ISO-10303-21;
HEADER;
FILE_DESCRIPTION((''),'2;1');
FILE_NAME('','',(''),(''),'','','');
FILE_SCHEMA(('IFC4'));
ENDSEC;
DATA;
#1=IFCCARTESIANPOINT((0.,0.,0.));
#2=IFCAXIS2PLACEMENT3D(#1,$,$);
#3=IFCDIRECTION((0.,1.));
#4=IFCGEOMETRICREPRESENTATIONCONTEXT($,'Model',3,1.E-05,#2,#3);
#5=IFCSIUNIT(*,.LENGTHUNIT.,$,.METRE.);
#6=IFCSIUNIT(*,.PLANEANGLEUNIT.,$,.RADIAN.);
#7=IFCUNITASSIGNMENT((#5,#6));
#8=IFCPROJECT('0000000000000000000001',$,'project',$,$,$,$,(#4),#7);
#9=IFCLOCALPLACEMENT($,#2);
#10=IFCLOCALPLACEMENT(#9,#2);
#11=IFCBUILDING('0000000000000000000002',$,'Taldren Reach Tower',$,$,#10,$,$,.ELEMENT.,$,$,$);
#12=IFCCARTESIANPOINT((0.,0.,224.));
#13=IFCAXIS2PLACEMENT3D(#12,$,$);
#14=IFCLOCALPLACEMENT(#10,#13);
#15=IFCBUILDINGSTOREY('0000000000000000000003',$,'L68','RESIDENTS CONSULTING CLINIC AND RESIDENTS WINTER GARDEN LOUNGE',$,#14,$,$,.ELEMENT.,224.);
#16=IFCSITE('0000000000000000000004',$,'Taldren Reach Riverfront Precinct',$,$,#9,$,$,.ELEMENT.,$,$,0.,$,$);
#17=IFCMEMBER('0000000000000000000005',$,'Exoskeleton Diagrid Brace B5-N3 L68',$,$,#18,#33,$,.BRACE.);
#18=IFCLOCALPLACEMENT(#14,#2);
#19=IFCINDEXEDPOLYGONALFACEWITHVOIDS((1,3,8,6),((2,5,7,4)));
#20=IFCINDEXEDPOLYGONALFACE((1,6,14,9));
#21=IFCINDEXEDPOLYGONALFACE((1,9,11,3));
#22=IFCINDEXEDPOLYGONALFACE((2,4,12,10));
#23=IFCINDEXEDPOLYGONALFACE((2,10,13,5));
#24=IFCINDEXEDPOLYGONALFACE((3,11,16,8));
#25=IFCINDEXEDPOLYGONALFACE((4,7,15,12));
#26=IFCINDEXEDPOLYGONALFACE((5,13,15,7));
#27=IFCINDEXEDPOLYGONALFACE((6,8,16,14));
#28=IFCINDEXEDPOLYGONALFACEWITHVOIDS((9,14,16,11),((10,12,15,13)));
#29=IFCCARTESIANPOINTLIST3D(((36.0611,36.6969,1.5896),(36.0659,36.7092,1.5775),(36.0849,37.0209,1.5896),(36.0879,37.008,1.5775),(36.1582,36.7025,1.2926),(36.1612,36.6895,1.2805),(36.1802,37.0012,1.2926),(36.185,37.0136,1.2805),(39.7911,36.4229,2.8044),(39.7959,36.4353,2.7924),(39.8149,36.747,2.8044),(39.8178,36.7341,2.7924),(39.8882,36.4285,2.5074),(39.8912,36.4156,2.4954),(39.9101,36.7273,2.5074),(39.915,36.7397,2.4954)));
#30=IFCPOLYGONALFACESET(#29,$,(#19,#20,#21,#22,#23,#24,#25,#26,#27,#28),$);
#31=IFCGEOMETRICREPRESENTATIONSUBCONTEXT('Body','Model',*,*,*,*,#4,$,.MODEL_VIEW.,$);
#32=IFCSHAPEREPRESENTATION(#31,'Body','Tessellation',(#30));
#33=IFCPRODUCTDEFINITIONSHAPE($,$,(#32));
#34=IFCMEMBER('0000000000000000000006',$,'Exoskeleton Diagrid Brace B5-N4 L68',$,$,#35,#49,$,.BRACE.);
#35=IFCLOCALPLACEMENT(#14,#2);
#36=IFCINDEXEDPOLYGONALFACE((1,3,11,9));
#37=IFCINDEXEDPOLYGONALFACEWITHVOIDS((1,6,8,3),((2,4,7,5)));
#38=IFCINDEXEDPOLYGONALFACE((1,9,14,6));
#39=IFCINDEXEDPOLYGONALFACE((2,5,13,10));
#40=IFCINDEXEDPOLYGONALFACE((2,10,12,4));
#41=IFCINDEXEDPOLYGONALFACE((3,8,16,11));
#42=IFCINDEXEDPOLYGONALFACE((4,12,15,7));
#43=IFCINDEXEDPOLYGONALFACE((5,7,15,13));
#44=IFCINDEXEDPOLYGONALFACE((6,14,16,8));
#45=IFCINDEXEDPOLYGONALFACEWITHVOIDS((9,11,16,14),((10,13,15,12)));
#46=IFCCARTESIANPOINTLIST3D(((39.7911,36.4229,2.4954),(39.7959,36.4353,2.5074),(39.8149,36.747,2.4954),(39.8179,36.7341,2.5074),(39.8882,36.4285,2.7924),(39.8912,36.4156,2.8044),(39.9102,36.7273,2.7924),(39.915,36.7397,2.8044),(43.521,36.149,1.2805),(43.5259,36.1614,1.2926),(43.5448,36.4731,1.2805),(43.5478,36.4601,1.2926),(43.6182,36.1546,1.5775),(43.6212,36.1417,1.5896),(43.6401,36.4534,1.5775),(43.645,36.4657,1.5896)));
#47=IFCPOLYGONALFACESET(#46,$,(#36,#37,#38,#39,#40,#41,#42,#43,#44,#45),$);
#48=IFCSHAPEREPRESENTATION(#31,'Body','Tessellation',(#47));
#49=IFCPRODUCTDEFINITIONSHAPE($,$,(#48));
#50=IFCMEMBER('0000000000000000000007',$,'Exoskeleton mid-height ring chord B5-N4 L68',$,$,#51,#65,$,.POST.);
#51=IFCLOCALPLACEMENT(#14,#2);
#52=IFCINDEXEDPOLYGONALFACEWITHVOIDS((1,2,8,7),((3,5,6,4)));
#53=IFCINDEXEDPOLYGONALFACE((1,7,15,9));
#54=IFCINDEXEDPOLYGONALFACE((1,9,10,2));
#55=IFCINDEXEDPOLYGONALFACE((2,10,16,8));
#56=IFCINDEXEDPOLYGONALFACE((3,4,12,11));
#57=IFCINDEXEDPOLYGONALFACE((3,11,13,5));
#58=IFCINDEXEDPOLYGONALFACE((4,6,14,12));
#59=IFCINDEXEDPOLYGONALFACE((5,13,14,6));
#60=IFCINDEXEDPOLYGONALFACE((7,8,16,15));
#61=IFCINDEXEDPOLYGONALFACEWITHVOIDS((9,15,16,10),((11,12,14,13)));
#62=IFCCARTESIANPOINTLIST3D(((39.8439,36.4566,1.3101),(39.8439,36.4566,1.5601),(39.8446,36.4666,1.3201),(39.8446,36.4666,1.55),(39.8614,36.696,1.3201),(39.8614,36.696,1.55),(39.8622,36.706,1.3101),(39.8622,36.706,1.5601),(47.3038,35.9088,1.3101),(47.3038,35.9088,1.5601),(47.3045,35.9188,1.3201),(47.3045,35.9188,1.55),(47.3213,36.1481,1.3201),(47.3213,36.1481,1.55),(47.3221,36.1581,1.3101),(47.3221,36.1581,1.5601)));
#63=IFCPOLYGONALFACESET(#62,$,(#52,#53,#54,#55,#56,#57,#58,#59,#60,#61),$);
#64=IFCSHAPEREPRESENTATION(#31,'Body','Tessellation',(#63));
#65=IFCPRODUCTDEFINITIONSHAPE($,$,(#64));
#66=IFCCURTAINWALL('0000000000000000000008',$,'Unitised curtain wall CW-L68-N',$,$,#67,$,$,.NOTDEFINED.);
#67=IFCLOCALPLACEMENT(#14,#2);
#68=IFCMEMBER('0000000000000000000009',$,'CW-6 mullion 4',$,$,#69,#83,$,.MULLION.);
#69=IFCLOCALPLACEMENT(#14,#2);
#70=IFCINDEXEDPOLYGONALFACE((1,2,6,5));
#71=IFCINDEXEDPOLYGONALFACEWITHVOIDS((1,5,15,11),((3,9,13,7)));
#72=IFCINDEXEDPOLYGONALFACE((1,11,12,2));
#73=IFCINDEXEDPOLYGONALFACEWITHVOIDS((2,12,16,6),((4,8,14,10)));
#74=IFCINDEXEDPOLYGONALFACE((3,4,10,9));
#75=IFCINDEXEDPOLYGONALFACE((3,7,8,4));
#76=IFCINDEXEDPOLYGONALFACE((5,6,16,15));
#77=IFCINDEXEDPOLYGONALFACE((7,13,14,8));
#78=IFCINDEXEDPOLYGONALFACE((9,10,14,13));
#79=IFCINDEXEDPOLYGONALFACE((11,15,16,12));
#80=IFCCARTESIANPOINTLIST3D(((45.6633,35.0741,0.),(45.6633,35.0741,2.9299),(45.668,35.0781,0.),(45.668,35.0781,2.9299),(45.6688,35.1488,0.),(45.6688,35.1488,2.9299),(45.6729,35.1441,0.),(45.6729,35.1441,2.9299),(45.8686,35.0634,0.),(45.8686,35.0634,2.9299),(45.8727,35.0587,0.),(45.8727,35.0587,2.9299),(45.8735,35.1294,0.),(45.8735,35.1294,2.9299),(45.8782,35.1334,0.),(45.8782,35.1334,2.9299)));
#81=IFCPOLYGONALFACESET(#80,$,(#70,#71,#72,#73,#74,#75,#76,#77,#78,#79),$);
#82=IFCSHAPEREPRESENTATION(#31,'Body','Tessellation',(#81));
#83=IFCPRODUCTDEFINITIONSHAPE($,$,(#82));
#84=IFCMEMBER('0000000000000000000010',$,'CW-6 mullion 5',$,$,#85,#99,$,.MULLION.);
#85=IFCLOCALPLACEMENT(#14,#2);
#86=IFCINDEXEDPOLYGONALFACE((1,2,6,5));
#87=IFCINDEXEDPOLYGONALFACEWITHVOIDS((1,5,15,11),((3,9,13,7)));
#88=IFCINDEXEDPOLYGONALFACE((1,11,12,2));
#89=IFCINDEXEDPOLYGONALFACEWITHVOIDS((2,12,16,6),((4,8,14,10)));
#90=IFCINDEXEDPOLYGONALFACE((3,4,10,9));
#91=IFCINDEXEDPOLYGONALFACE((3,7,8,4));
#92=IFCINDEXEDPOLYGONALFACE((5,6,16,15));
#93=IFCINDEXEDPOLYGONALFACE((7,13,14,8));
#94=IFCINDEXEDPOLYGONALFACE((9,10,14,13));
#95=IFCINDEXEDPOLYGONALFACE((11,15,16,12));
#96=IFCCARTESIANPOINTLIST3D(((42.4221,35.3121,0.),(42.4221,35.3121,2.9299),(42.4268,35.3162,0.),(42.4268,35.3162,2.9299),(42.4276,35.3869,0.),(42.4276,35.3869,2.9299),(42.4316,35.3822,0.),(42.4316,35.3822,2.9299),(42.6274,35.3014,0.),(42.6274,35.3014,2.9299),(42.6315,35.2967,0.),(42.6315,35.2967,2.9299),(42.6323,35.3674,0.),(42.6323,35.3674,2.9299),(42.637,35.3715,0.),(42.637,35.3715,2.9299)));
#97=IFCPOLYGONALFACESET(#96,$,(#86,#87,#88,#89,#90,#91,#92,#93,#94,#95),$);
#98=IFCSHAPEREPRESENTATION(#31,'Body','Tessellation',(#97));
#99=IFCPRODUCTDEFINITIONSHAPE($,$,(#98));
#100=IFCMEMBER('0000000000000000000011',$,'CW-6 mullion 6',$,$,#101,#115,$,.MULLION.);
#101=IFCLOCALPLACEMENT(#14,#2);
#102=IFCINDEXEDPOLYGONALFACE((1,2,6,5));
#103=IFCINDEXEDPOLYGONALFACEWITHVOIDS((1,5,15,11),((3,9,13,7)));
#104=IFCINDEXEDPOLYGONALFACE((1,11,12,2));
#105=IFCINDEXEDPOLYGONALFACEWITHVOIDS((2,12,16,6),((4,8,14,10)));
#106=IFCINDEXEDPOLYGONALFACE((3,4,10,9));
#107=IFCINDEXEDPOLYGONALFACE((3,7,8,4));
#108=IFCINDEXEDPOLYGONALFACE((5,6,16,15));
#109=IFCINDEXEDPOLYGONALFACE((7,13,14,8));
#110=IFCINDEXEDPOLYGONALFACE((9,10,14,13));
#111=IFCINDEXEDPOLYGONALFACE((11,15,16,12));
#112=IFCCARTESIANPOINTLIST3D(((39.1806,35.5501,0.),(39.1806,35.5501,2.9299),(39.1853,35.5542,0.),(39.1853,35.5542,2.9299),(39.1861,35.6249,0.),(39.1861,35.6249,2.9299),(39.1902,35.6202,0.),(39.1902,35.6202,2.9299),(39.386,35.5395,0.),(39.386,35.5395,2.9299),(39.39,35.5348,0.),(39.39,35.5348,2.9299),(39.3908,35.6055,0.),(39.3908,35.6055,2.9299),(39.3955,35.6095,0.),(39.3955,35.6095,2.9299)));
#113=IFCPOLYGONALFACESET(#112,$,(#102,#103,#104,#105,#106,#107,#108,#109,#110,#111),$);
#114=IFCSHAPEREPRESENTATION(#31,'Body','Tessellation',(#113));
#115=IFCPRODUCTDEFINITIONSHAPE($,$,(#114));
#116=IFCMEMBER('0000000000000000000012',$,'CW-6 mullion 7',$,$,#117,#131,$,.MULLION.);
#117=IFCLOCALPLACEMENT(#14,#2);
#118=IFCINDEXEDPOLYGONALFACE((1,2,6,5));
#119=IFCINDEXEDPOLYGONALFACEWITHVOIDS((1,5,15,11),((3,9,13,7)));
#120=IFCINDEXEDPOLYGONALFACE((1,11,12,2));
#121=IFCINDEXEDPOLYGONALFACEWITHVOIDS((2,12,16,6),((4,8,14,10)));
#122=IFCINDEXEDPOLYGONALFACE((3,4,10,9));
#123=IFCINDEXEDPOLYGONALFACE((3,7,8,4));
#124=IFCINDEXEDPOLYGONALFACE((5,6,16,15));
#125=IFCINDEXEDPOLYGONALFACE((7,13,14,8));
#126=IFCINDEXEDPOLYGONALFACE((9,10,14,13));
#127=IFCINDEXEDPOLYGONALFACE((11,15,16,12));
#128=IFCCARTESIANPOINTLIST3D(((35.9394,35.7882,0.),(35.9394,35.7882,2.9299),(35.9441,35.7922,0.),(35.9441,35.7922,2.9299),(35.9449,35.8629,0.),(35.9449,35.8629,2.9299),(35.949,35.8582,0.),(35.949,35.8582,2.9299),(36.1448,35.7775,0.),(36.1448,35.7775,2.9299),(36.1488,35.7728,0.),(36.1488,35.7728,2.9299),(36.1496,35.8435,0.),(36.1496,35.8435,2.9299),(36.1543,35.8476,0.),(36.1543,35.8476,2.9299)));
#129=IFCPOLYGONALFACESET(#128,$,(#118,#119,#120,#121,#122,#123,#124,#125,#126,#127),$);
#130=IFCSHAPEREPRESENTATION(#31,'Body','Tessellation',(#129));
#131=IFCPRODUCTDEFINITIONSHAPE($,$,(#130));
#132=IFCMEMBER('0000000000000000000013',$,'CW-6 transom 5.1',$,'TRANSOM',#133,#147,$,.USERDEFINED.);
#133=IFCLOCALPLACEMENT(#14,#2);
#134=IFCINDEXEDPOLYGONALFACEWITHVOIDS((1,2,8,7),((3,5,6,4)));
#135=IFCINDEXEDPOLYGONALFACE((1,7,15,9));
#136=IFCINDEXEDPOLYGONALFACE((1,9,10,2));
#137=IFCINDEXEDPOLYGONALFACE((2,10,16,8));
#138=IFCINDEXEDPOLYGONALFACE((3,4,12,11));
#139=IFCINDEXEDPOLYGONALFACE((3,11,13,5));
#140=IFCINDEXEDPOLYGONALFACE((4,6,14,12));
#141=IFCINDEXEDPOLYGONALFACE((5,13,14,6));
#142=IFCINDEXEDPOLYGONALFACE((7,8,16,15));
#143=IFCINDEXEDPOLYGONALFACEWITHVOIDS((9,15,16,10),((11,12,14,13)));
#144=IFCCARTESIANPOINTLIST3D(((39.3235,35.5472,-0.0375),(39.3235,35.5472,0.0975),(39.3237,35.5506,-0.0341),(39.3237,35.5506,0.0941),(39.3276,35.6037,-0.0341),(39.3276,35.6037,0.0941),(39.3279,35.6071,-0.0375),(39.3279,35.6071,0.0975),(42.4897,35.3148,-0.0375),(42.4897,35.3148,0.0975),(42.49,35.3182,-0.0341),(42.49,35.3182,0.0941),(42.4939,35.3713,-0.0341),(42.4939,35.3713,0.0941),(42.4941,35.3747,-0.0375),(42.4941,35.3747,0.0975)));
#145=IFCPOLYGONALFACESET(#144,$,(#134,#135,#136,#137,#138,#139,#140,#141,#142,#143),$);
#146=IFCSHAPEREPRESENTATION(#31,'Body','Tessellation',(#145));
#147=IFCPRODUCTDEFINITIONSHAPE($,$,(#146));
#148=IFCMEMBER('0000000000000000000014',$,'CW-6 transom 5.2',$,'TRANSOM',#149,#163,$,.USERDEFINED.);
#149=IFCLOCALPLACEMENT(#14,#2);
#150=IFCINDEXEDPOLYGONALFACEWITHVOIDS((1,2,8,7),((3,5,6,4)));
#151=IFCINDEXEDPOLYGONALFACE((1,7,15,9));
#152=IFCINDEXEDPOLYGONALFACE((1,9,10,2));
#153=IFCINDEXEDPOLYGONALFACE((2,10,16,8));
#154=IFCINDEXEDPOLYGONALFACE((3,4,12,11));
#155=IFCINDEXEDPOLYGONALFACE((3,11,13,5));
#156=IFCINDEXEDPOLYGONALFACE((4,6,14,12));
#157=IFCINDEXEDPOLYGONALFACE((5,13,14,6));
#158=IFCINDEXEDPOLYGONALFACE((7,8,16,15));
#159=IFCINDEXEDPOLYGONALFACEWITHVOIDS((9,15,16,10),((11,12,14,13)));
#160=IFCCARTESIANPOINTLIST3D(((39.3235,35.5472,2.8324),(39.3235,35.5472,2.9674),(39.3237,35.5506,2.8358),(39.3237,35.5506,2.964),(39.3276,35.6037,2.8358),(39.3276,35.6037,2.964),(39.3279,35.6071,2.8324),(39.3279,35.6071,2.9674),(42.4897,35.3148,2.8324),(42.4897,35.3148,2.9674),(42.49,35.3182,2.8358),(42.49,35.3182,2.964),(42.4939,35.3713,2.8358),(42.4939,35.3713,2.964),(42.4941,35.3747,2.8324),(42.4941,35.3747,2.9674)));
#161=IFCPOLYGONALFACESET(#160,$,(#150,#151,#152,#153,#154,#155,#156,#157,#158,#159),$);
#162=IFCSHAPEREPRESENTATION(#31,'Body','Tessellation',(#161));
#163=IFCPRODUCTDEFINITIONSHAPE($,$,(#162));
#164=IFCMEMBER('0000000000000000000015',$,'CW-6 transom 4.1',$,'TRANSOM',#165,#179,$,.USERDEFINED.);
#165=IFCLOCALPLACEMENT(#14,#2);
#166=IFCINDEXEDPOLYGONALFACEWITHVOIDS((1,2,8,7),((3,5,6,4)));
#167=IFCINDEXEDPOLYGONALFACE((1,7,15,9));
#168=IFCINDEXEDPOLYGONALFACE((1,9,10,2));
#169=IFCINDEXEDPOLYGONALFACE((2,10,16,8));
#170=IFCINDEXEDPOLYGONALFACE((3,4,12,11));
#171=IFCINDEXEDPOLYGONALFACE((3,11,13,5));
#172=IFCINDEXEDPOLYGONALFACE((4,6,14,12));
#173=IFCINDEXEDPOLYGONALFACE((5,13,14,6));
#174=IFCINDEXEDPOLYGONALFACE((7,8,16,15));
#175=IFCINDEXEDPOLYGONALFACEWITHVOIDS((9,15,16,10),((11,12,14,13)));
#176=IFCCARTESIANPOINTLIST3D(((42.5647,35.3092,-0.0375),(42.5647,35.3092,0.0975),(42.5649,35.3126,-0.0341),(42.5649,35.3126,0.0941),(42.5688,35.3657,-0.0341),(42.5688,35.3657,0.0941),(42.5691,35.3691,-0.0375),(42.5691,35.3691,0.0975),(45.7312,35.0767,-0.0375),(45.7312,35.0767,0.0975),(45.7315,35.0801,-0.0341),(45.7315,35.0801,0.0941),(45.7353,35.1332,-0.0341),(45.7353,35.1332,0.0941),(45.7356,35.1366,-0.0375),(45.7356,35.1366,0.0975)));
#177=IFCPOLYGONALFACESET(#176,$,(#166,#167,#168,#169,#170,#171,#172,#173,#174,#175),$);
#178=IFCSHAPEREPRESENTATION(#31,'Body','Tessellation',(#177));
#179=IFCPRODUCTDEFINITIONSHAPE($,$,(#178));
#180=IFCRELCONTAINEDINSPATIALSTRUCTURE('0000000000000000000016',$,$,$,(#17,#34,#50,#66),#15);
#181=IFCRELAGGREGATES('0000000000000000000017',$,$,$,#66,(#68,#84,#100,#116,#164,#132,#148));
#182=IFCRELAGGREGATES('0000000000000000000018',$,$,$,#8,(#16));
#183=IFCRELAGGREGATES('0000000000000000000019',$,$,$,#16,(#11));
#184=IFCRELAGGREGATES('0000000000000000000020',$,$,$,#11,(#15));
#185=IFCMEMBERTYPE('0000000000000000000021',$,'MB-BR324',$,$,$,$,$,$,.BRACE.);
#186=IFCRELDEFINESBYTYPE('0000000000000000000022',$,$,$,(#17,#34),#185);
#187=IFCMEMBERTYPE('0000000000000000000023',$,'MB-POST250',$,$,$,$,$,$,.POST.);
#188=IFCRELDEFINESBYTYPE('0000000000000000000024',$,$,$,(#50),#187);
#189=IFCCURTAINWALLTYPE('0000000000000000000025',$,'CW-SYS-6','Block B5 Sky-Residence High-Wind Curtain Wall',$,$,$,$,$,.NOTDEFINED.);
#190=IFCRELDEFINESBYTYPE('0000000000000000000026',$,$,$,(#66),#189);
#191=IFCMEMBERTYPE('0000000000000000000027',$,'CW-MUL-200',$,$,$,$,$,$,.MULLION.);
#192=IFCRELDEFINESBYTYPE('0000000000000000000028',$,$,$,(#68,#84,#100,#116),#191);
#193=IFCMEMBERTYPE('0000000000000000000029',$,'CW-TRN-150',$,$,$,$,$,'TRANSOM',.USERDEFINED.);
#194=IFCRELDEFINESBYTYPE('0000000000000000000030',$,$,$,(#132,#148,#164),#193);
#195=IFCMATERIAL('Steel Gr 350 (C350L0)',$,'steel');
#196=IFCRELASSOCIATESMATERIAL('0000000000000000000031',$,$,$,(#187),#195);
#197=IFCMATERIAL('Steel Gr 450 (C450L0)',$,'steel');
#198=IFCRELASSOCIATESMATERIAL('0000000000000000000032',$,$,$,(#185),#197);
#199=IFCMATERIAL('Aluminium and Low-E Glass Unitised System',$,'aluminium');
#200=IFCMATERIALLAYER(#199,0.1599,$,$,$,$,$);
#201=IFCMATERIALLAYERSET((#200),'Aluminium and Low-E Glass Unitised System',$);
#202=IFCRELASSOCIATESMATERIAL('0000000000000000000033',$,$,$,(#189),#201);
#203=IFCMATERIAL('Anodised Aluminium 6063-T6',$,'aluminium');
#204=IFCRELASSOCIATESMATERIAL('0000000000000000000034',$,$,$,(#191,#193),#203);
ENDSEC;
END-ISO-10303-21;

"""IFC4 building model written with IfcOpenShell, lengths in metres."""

from ifc_helpers import new_model, si_unit, direction, frame, origin, origin_2d, place, context, subcontext, project, spatial, hollow_rectangle, extrude, source, transform, mapped, material, layer, layer_set, material_profile, profile_set, type_object, element, aggregate, save


model = new_model("IFC4")

# Units and contexts
model_context = context("Model", 3, precision=1e-05, world=origin(), true_north=direction((0.0, 1.0)))
body_context = subcontext(model_context, "Body", "Model", "MODEL_VIEW")
ifc_project = project(units=[si_unit("LENGTHUNIT", "METRE"), si_unit("PLANEANGLEUNIT", "RADIAN")], contexts=[model_context])

# Site, building, storey
site_placement = place(None, origin())
site = spatial("IfcSite", under=ifc_project, at=site_placement, Name="Taldren Reach Riverfront Precinct", CompositionType="ELEMENT", RefElevation=0.0)
building_placement = place(site_placement, origin())
building = spatial("IfcBuilding", under=site, at=building_placement, Name="Taldren Reach Tower", CompositionType="ELEMENT")
storey_placement = place(building_placement, frame((0.0, 0.0, 224.0)))
storey = spatial("IfcBuildingStorey", under=building, at=storey_placement, Name="L68", Description="RESIDENTS CONSULTING CLINIC AND RESIDENTS WINTER GARDEN LOUNGE", CompositionType="ELEMENT", Elevation=224.0)

# Shared definitions
ifc_material_1 = material(Name="Steel Gr 350 (C350L0)", Category="steel")

# Shared definitions
ifc_material_profile_1 = material_profile(ifc_material_1, hollow_rectangle(XDim=0.25, YDim=0.25, WallThickness=0.01, at=origin_2d()), Name="250x250x10.0SHS")
ifc_profile_set_1 = profile_set([ifc_material_profile_1], Name="Steel Gr 350 (C350L0)")
member_type_1 = type_object("IfcMemberType", Name="MB-POST250", PredefinedType="POST", material=ifc_profile_set_1)
ifc_material_2 = material(Name="Steel Gr 450 (C450L0)", Category="steel")

# Members
ifc_material_profile_2 = material_profile(ifc_material_2, hollow_rectangle(XDim=0.325, YDim=0.325, WallThickness=0.0127, at=origin_2d()), Name="325x325x12.7SHS")
ifc_profile_set_2 = profile_set([ifc_material_profile_2], Name="Steel Gr 450 (C450L0)")
member_type_2 = type_object("IfcMemberType", Name="MB-BR324", PredefinedType="BRACE", material=ifc_profile_set_2)
shared_shape_1 = source(origin(), body_context, "Body", "SweptSolid", [
    extrude(hollow_rectangle(XDim=0.325, YDim=0.325, WallThickness=0.0127, at=origin_2d()), origin(), (0.0, 0.0, 1.0), 3.9324),
])
for number, where, z_axis, x_axis, name in (
    (1, (36.123, 36.8552, 1.4351), (0.948529, -0.069659, 0.308933), (0.073242, 0.997314, 0.0), "Exoskeleton Diagrid Brace B5-N3 L68"),
    (2, (43.583, 36.3074, 1.4351), (-0.948529, 0.069659, 0.308933), (-0.073242, -0.997314, 0.0), "Exoskeleton Diagrid Brace B5-N4 L68"),
):
    element("IfcMember", number, at=place(storey_placement, frame(where, z_axis=z_axis, x_axis=x_axis)), inside=storey, type_object=member_type_2, Name=name, PredefinedType="BRACE", context=body_context, shape_type="MappedRepresentation", body=[
        mapped(shared_shape_1, transform((0.0, 0.0, 0.0), scale=1.0)),
    ])
shared_shape_2 = source(origin(), body_context, "Body", "SweptSolid", [
    extrude(hollow_rectangle(XDim=0.25, YDim=0.25, WallThickness=0.01, at=origin_2d()), origin(), (0.0, 0.0, 1.0), 7.48),
])
member_1_placement = place(storey_placement, frame((39.853, 36.5813, 1.4351), z_axis=(0.997314, -0.073242, 0.0), x_axis=(0.073242, 0.997314, 0.0)))
element("IfcMember", 3, at=member_1_placement, inside=storey, type_object=member_type_1, Name="Exoskeleton mid-height ring chord B5-N4 L68", PredefinedType="POST", context=body_context, shape_type="MappedRepresentation", body=[
    mapped(shared_shape_2, transform((0.0, 0.0, 0.0), scale=1.0)),
])

# Curtain wall, members
ifc_material_3 = material(Name="Aluminium and Low-E Glass Unitised System", Category="aluminium")
ifc_layer_1 = layer(ifc_material_3, 0.1599)
ifc_layer_set_1 = layer_set([ifc_layer_1], Name="Aluminium and Low-E Glass Unitised System")
curtain_wall_type = type_object("IfcCurtainWallType", Name="CW-SYS-6", Description="Block B5 Sky-Residence High-Wind Curtain Wall", PredefinedType="NOTDEFINED", material=ifc_layer_set_1)
curtain_wall_placement = place(storey_placement, origin())
curtain_wall = element("IfcCurtainWall", 4, at=curtain_wall_placement, inside=storey, type_object=curtain_wall_type, Name="Unitised curtain wall CW-L68-N", PredefinedType="NOTDEFINED")
ifc_material_4 = material(Name="Anodised Aluminium 6063-T6", Category="aluminium")
ifc_material_profile_3 = material_profile(ifc_material_4, hollow_rectangle(XDim=0.075, YDim=0.21, WallThickness=0.0044, at=origin_2d()), Name="ALU-210x75x4.5RHS")
ifc_profile_set_3 = profile_set([ifc_material_profile_3], Name="Anodised Aluminium 6063-T6")
member_type_3 = type_object("IfcMemberType", Name="CW-MUL-200", PredefinedType="MULLION", material=ifc_profile_set_3)
shared_shape_3 = source(origin(), body_context, "Body", "SweptSolid", [
    extrude(hollow_rectangle(XDim=0.075, YDim=0.21, WallThickness=0.0044, at=origin_2d()), origin(), (0.0, 0.0, 1.0), 2.9299),
])
member_2_placement = place(storey_placement, frame((45.7708, 35.1038, 0.0), z_axis=(0.0, 0.0, 1.0), x_axis=(-0.073238, -0.997314, 0.0)))
member_2 = element("IfcMember", 5, at=member_2_placement, type_object=member_type_3, Name="CW-6 mullion 4", PredefinedType="MULLION", context=body_context, shape_type="MappedRepresentation", body=[
    mapped(shared_shape_3, transform((0.0, 0.0, 0.0), scale=1.0)),
])
member_3_placement = place(storey_placement, frame((42.5295, 35.3418, 0.0), z_axis=(0.0, 0.0, 1.0), x_axis=(-0.073238, -0.997314, 0.0)))
member_3 = element("IfcMember", 6, at=member_3_placement, type_object=member_type_3, Name="CW-6 mullion 5", PredefinedType="MULLION", context=body_context, shape_type="MappedRepresentation", body=[
    mapped(shared_shape_3, transform((0.0, 0.0, 0.0), scale=1.0)),
])
member_4_placement = place(storey_placement, frame((39.2881, 35.5798, 0.0), z_axis=(0.0, 0.0, 1.0), x_axis=(-0.073238, -0.997314, 0.0)))
member_4 = element("IfcMember", 7, at=member_4_placement, type_object=member_type_3, Name="CW-6 mullion 6", PredefinedType="MULLION", context=body_context, shape_type="MappedRepresentation", body=[
    mapped(shared_shape_3, transform((0.0, 0.0, 0.0), scale=1.0)),
])
member_5_placement = place(storey_placement, frame((36.0469, 35.8179, 0.0), z_axis=(0.0, 0.0, 1.0), x_axis=(-0.073238, -0.997314, 0.0)))
member_5 = element("IfcMember", 8, at=member_5_placement, type_object=member_type_3, Name="CW-6 mullion 7", PredefinedType="MULLION", context=body_context, shape_type="MappedRepresentation", body=[
    mapped(shared_shape_3, transform((0.0, 0.0, 0.0), scale=1.0)),
])
ifc_material_profile_4 = material_profile(ifc_material_4, hollow_rectangle(XDim=0.0601, YDim=0.135, WallThickness=0.0034, at=origin_2d()), Name="ALU-135x60x3.5RHS")
ifc_profile_set_4 = profile_set([ifc_material_profile_4], Name="Anodised Aluminium 6063-T6")
member_type_4 = type_object("IfcMemberType", Name="CW-TRN-150", ElementType="TRANSOM", PredefinedType="USERDEFINED", material=ifc_profile_set_4)
shared_shape_4 = source(origin(), body_context, "Body", "SweptSolid", [
    extrude(hollow_rectangle(XDim=0.0601, YDim=0.135, WallThickness=0.0034, at=origin_2d()), origin(), (0.0, 0.0, 1.0), 3.1748),
])
member_6_placement = place(storey_placement, frame((42.4919, 35.3447, 0.03), z_axis=(-0.997317, 0.073209, 0.0), x_axis=(-0.073209, -0.997317, 0.0)))
member_6 = element("IfcMember", 9, at=member_6_placement, type_object=member_type_4, Name="CW-6 transom 5.1", ObjectType="TRANSOM", PredefinedType="USERDEFINED", context=body_context, shape_type="MappedRepresentation", body=[
    mapped(shared_shape_4, transform((0.0, 0.0, 0.0), scale=1.0)),
])
member_7_placement = place(storey_placement, frame((42.4919, 35.3447, 2.8999), z_axis=(-0.997317, 0.073209, 0.0), x_axis=(-0.073209, -0.997317, 0.0)))
member_7 = element("IfcMember", 10, at=member_7_placement, type_object=member_type_4, Name="CW-6 transom 5.2", ObjectType="TRANSOM", PredefinedType="USERDEFINED", context=body_context, shape_type="MappedRepresentation", body=[
    mapped(shared_shape_4, transform((0.0, 0.0, 0.0), scale=1.0)),
])
shared_shape_5 = source(origin(), body_context, "Body", "SweptSolid", [
    extrude(hollow_rectangle(XDim=0.0601, YDim=0.135, WallThickness=0.0034, at=origin_2d()), origin(), (0.0, 0.0, 1.0), 3.175),
])
member_8_placement = place(storey_placement, frame((45.7334, 35.1067, 0.03), z_axis=(-0.997317, 0.073203, 0.0), x_axis=(-0.073203, -0.997317, 0.0)))
member_8 = element("IfcMember", 11, at=member_8_placement, type_object=member_type_4, Name="CW-6 transom 4.1", ObjectType="TRANSOM", PredefinedType="USERDEFINED", context=body_context, shape_type="MappedRepresentation", body=[
    mapped(shared_shape_5, transform((0.0, 0.0, 0.0), scale=1.0)),
])

aggregate(curtain_wall, [member_2, member_3, member_4, member_5, member_8, member_6, member_7])

save(model, "model.ifc")
